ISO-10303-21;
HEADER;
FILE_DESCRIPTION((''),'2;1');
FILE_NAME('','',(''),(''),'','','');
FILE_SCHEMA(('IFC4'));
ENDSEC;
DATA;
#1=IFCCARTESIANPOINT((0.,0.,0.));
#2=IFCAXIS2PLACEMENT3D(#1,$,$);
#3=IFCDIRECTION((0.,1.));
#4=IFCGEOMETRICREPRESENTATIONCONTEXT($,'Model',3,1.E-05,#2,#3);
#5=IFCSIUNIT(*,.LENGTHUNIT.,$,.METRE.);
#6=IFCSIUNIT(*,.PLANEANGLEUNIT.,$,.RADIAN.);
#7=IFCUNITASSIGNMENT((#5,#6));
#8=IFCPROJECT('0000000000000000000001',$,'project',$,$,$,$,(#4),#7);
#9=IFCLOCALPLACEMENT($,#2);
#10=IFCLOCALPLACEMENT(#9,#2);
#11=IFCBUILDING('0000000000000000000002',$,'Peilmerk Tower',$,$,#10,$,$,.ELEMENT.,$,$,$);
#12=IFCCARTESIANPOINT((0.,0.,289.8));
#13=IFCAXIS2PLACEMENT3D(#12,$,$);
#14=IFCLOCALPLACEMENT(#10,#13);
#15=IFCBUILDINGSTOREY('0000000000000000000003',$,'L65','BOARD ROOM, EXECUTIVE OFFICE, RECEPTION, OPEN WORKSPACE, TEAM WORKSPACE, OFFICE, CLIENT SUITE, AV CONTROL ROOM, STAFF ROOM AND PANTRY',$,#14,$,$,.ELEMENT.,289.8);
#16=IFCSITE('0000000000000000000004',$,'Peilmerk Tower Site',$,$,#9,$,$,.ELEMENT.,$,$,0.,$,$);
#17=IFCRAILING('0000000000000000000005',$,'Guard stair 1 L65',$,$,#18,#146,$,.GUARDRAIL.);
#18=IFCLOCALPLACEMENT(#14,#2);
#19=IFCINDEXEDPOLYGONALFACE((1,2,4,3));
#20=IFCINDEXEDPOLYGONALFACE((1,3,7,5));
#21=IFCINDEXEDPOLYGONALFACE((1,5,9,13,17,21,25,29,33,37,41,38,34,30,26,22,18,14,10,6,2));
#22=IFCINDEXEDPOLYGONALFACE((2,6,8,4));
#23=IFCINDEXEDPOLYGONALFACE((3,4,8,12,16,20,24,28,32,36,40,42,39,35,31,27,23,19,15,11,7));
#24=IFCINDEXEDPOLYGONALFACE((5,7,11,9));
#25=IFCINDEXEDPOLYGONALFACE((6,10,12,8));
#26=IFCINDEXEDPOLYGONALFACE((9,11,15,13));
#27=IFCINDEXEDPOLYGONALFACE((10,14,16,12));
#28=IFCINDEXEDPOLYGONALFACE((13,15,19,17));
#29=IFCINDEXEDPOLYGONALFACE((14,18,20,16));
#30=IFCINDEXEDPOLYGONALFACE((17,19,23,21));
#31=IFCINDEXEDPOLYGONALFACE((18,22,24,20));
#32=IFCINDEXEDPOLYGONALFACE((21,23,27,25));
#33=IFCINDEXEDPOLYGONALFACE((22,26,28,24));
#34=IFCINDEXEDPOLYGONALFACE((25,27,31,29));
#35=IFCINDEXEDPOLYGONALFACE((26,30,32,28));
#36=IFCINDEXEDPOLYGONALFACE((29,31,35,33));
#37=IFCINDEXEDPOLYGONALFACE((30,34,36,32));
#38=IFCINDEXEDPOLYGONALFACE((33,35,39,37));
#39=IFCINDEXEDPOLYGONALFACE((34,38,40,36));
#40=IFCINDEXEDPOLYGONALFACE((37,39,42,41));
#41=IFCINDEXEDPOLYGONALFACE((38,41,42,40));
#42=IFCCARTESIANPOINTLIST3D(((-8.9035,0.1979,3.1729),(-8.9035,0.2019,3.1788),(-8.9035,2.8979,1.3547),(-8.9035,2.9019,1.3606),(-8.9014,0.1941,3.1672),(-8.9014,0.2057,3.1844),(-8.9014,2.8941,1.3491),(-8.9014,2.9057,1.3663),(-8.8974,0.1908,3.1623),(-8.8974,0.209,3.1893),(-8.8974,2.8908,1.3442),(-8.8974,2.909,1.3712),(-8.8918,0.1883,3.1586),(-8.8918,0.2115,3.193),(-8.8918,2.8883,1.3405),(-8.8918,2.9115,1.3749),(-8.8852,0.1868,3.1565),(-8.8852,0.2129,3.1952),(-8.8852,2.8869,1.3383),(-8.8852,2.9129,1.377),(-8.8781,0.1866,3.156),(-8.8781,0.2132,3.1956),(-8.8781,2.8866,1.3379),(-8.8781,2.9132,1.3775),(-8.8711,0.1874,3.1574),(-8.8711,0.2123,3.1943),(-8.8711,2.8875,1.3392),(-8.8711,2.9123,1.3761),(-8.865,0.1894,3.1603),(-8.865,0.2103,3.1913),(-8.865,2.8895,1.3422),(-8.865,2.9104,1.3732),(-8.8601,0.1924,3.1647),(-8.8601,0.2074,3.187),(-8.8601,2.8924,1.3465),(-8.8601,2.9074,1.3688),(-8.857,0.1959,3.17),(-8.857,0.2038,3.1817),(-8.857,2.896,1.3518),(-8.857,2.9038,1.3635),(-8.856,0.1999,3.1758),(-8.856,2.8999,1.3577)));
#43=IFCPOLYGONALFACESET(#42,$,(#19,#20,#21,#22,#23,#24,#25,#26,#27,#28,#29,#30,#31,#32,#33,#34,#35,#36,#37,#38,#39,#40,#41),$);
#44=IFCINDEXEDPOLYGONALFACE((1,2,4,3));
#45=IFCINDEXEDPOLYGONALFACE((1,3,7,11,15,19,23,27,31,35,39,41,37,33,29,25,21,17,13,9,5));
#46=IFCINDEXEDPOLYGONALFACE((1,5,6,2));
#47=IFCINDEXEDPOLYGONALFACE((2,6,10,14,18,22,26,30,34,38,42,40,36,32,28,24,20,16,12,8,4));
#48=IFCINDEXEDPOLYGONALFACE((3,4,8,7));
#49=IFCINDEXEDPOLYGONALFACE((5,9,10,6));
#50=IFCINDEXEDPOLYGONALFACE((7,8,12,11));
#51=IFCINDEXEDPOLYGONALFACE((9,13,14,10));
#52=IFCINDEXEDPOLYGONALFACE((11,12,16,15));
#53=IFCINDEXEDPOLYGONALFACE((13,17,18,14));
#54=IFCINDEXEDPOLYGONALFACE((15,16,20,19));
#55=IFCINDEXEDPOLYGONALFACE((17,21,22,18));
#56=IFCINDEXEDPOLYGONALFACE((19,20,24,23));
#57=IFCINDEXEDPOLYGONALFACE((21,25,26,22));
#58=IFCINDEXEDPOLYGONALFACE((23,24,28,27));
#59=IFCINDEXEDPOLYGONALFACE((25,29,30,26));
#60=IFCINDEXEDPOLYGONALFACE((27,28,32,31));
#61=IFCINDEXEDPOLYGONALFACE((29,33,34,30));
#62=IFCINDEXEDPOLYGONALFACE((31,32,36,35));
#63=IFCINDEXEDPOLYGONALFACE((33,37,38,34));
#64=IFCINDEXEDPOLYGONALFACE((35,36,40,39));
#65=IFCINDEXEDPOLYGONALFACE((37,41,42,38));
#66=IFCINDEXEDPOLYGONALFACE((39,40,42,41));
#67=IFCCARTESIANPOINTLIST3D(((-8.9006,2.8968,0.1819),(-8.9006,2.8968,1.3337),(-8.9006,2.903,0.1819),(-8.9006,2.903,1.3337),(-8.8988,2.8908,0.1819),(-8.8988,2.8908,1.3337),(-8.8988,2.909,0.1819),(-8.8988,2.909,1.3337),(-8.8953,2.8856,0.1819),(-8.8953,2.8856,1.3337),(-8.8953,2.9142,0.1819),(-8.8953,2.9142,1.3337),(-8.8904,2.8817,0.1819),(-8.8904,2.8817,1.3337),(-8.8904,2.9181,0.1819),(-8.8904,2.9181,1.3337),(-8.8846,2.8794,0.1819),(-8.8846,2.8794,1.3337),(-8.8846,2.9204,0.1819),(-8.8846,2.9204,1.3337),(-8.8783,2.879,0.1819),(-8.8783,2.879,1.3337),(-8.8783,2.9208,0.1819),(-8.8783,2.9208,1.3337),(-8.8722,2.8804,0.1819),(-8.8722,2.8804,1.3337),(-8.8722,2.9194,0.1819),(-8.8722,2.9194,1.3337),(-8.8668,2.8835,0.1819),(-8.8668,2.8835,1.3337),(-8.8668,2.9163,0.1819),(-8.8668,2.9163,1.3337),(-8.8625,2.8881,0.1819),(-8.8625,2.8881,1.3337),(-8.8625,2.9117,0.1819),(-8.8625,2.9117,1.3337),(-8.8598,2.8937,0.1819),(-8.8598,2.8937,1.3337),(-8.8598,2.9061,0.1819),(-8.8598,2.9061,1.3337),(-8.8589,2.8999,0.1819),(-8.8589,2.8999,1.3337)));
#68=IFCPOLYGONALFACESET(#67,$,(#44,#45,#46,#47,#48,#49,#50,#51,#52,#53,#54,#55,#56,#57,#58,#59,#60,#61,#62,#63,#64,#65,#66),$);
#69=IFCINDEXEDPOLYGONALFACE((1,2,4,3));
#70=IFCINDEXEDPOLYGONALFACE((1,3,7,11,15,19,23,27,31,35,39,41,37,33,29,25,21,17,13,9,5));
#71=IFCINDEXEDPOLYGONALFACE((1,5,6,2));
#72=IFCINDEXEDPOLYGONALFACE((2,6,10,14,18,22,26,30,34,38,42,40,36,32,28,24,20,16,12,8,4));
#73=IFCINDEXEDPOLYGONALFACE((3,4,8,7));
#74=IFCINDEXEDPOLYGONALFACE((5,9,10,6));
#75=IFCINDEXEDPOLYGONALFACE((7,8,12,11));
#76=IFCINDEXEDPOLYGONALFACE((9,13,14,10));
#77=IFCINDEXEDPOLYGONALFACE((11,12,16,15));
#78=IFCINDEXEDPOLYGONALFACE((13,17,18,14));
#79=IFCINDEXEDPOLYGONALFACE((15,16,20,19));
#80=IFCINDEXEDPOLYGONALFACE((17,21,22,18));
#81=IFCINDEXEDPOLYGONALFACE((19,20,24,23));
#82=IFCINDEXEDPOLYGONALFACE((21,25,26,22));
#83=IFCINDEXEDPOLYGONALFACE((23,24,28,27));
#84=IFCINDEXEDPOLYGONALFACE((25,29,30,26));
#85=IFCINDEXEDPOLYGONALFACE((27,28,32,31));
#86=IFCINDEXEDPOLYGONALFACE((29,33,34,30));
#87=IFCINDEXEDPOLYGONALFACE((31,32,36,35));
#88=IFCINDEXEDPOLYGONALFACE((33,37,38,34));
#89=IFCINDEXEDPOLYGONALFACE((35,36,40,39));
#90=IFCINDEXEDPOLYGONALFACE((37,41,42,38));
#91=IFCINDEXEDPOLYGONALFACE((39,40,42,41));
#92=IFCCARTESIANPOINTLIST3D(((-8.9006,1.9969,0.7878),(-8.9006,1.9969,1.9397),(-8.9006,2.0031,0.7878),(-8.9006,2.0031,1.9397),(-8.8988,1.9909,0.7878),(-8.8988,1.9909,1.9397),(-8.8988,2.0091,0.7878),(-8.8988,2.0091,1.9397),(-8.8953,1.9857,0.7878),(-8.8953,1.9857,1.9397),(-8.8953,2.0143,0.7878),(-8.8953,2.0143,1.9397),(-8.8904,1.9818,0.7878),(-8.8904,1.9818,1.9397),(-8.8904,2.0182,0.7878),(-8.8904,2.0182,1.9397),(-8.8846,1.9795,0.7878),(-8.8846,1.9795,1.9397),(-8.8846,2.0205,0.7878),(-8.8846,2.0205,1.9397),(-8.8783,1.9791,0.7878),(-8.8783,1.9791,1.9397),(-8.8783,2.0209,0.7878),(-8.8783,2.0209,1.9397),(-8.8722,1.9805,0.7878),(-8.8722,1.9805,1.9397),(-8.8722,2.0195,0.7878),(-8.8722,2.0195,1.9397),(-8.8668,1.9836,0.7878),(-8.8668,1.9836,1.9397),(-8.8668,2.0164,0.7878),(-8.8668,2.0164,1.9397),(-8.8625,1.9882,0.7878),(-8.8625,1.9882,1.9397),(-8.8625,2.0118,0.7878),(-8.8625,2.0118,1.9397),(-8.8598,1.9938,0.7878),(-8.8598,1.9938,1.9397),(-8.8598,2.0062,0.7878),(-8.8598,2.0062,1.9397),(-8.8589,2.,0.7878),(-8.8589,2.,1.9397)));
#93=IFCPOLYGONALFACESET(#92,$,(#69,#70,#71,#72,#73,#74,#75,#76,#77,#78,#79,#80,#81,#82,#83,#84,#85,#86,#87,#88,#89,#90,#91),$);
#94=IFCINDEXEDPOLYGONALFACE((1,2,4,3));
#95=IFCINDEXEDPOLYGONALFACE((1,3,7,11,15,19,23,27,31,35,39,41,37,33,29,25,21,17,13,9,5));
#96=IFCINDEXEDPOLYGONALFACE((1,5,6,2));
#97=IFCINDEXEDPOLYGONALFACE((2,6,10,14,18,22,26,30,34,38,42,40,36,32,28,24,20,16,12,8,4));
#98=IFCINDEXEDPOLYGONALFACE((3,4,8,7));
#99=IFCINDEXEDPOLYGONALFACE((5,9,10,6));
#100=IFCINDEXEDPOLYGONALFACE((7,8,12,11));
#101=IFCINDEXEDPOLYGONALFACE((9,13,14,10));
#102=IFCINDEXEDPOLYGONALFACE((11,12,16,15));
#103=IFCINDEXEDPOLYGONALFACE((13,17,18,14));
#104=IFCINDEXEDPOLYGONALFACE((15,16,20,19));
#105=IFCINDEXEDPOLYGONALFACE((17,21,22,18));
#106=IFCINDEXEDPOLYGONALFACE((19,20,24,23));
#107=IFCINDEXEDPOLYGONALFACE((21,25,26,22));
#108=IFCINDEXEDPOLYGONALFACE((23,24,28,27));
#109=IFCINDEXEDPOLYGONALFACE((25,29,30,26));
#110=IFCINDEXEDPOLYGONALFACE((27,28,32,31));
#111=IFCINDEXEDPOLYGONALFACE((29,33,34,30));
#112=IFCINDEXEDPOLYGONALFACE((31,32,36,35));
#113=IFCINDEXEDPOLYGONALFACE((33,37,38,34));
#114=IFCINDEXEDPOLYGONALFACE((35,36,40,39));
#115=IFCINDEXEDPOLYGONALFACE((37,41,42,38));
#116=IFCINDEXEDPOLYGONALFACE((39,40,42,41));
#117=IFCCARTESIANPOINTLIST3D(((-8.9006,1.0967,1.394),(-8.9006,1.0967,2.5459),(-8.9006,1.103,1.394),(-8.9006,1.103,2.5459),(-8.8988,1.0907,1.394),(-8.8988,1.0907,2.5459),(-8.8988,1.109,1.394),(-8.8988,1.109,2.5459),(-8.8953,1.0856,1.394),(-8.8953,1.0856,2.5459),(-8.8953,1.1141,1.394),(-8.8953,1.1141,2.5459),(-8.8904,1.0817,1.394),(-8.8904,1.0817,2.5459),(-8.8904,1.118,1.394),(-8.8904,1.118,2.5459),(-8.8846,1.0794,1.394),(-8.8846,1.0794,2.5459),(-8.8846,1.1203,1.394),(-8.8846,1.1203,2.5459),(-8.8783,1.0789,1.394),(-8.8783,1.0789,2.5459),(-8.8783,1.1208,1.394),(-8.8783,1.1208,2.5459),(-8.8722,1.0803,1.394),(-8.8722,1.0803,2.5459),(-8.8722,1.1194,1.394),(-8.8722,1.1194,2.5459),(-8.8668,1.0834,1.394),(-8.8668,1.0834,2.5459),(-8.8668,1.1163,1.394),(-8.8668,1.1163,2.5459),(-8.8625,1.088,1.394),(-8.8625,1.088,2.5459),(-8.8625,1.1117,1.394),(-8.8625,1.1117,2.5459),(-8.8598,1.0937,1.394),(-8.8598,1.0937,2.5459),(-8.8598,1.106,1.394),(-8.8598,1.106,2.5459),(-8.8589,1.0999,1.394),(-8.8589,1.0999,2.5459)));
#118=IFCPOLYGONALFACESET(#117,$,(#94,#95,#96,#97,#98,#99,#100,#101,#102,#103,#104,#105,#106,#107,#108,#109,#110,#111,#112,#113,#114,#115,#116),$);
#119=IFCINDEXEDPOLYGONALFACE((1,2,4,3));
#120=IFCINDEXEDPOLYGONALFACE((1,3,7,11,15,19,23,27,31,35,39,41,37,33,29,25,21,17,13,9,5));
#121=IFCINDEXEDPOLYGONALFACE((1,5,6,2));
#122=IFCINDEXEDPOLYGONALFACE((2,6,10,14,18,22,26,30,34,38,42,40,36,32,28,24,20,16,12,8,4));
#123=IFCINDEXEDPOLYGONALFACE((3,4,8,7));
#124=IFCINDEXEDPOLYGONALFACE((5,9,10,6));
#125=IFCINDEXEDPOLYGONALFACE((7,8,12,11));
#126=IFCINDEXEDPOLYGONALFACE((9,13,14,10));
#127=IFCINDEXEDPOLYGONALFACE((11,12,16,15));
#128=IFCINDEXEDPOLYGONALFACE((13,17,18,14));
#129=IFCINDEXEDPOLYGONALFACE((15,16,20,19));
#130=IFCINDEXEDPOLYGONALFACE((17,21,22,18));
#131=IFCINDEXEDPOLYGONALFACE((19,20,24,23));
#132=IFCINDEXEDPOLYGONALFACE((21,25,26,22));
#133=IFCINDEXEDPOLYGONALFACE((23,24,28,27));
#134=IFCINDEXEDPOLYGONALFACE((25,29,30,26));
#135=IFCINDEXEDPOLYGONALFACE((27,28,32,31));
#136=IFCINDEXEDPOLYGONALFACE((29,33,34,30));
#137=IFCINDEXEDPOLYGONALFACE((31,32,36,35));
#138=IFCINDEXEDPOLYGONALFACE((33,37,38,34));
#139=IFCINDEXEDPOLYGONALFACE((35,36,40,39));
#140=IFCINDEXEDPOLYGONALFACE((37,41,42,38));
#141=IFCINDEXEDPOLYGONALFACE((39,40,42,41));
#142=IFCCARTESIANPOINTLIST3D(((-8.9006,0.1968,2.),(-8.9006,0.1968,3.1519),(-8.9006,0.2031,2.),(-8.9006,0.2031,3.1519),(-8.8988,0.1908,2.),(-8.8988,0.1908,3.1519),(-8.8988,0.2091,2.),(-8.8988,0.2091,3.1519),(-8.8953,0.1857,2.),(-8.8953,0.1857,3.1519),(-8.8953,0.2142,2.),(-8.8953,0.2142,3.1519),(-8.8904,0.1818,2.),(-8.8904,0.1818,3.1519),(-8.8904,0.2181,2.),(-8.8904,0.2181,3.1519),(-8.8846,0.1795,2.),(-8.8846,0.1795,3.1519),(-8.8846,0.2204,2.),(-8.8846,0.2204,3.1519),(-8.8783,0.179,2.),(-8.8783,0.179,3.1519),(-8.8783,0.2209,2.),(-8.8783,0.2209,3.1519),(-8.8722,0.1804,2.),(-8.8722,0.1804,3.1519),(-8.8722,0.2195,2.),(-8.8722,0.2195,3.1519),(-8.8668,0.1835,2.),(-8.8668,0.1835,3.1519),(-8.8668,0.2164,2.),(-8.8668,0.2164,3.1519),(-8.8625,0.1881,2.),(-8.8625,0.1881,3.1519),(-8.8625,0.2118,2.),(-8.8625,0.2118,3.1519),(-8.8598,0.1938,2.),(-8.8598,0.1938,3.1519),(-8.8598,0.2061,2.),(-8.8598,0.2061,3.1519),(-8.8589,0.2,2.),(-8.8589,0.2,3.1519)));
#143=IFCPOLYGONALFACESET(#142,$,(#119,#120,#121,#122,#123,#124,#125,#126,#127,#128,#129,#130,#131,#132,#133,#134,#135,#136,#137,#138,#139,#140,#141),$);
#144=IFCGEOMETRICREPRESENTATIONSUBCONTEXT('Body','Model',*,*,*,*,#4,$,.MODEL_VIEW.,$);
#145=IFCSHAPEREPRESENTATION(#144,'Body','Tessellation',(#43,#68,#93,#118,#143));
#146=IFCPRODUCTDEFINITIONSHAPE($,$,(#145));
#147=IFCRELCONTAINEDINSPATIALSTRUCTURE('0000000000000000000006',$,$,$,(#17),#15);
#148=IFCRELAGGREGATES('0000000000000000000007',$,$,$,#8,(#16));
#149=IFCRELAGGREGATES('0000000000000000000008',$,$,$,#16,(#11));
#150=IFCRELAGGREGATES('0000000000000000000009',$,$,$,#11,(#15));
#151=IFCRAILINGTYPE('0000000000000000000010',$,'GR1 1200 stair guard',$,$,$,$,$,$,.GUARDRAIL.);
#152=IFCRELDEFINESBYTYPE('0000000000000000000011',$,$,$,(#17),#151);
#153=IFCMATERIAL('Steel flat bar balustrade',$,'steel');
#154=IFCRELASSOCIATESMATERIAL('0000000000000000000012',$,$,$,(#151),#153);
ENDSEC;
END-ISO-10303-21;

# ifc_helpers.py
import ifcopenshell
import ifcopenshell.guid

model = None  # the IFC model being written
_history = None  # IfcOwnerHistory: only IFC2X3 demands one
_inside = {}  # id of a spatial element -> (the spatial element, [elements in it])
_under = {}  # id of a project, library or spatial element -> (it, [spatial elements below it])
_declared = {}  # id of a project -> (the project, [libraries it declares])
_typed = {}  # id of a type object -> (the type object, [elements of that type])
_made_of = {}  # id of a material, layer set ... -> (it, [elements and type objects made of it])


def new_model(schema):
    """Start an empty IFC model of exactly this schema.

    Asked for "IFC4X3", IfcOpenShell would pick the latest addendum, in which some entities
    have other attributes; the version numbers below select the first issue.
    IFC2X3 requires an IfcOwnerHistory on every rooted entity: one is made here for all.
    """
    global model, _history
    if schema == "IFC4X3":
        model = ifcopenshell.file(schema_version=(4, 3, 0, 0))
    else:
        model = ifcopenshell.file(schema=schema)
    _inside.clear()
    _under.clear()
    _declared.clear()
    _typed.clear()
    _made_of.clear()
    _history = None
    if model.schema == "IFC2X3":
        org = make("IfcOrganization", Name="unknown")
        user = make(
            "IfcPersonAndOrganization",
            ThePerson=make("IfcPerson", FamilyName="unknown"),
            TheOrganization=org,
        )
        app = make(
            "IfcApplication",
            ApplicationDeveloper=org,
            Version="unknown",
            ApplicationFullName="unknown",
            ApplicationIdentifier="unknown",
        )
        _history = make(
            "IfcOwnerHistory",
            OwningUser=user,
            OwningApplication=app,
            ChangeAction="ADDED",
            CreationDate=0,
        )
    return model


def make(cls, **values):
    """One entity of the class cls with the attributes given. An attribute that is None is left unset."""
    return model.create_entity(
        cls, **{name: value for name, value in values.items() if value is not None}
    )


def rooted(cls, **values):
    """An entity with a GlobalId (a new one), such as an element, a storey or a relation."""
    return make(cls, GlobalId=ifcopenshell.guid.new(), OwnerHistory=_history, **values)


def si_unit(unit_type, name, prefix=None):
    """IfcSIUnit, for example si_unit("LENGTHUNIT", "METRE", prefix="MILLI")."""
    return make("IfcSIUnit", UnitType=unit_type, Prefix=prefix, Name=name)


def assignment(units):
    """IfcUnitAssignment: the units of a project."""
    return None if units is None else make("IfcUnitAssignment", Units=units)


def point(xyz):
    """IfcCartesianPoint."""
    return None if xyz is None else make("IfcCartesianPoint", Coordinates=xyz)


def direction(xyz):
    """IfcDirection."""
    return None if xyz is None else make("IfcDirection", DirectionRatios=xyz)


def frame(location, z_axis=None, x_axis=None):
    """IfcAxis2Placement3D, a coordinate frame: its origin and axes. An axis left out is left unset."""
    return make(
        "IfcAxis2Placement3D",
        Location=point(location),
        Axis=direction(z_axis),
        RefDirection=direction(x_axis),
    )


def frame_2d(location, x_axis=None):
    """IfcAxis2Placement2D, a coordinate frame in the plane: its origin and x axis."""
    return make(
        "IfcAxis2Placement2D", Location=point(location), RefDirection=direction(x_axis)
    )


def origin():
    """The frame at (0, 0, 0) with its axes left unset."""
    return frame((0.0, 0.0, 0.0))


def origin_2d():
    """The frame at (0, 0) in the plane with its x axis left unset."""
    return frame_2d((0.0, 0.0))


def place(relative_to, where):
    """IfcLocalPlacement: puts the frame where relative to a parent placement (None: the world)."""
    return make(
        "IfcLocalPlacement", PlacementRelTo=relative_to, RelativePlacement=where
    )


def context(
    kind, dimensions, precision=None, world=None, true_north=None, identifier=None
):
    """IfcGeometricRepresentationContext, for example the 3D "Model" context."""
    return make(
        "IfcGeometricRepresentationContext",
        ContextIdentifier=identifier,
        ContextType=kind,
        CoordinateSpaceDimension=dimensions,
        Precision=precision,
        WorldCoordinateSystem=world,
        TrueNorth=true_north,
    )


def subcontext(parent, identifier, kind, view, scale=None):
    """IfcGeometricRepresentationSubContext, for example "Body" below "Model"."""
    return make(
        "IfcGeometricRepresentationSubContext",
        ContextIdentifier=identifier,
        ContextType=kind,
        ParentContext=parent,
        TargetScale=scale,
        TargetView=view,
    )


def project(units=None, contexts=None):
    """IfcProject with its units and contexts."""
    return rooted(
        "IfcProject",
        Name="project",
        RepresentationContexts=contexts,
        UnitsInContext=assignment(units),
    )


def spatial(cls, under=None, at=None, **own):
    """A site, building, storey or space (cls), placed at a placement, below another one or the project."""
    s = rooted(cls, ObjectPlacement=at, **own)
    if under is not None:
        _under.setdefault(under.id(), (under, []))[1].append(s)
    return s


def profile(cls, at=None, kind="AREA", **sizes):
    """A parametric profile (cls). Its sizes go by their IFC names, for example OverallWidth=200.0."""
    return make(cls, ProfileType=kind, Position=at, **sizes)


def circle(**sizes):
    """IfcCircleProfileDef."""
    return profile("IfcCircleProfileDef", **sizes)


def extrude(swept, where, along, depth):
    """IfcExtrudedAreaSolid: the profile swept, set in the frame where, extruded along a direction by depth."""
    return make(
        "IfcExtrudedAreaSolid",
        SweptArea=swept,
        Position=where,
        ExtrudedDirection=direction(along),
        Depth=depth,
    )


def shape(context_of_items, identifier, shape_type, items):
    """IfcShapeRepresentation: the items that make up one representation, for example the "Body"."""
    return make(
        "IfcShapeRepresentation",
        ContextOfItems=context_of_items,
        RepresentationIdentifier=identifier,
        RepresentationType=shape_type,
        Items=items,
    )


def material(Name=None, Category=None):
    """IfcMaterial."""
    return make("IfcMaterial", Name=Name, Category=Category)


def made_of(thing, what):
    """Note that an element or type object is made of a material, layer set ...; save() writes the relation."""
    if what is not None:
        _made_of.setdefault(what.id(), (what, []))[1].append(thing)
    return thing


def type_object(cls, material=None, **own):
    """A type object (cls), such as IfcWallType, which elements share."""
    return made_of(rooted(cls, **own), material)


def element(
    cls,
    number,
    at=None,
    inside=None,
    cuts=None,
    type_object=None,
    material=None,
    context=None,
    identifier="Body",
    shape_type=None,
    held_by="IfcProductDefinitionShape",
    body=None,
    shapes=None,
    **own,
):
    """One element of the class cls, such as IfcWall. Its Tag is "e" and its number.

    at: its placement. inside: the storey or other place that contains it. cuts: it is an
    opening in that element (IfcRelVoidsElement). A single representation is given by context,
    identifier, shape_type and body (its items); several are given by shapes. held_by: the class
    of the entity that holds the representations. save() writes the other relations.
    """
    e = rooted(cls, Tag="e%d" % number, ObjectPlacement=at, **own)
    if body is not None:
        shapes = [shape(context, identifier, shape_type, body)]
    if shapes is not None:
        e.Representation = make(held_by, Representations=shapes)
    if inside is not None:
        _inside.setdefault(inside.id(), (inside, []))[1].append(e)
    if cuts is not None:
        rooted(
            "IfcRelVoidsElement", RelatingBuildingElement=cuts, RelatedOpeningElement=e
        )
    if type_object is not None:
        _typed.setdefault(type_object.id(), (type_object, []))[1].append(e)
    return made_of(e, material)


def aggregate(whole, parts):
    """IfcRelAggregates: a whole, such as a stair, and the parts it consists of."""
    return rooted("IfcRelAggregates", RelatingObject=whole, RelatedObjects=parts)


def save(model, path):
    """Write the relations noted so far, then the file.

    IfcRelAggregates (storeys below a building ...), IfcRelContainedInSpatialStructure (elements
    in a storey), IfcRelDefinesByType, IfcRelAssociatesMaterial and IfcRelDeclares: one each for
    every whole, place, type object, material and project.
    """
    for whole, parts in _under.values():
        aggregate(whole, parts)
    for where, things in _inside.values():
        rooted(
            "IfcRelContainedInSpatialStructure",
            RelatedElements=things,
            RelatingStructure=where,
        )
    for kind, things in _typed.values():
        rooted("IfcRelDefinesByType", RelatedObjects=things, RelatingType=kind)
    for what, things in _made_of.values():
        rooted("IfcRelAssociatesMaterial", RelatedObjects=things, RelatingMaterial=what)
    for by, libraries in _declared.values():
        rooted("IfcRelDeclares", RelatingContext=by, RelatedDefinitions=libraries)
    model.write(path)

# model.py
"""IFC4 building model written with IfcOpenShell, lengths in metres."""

from ifc_helpers import new_model, si_unit, direction, frame, origin, origin_2d, place, context, subcontext, project, spatial, circle, extrude, material, type_object, element, save


model = new_model("IFC4")

# Units and contexts
model_context = context("Model", 3, precision=1e-05, world=origin(), true_north=direction((0.0, 1.0)))
body_context = subcontext(model_context, "Body", "Model", "MODEL_VIEW")
ifc_project = project(units=[si_unit("LENGTHUNIT", "METRE"), si_unit("PLANEANGLEUNIT", "RADIAN")], contexts=[model_context])

# Site, building, storey
site_placement = place(None, origin())
site = spatial("IfcSite", under=ifc_project, at=site_placement, Name="Peilmerk Tower Site", CompositionType="ELEMENT", RefElevation=0.0)
building_placement = place(site_placement, origin())
building = spatial("IfcBuilding", under=site, at=building_placement, Name="Peilmerk Tower", CompositionType="ELEMENT")
storey_placement = place(building_placement, frame((0.0, 0.0, 289.8)))
storey = spatial("IfcBuildingStorey", under=building, at=storey_placement, Name="L65", Description="BOARD ROOM, EXECUTIVE OFFICE, RECEPTION, OPEN WORKSPACE, TEAM WORKSPACE, OFFICE, CLIENT SUITE, AV CONTROL ROOM, STAFF ROOM AND PANTRY", CompositionType="ELEMENT", Elevation=289.8)

# Railing
ifc_material_1 = material(Name="Steel flat bar balustrade", Category="steel")
railing_type_1 = type_object("IfcRailingType", Name="GR1 1200 stair guard", PredefinedType="GUARDRAIL", material=ifc_material_1)
railing_1_placement = place(storey_placement, frame((-8.8799, 2.8999, 0.1819)))
element("IfcRailing", 1, at=railing_1_placement, inside=storey, type_object=railing_type_1, Name="Guard stair 1 L65", PredefinedType="GUARDRAIL", context=body_context, shape_type="SweptSolid", body=[
    extrude(circle(Radius=0.0239, at=origin_2d()), frame((0.0, 0.0, 1.1758), z_axis=(0.0, -0.829468, 0.558554), x_axis=(1.0, 0.0, 0.0)), (0.0, 0.0, 1.0), 3.2551),
    extrude(circle(Radius=0.021, at=origin_2d()), origin(), (0.0, 0.0, 1.0), 1.1519),
    extrude(circle(Radius=0.021, at=origin_2d()), frame((0.0, -0.8999, 0.606)), (0.0, 0.0, 1.0), 1.1519),
    extrude(circle(Radius=0.021, at=origin_2d()), frame((0.0, -1.8, 1.2122)), (0.0, 0.0, 1.0), 1.1519),
    extrude(circle(Radius=0.021, at=origin_2d()), frame((0.0, -2.7, 1.8181)), (0.0, 0.0, 1.0), 1.1519),
])

save(model, "model.ifc")
